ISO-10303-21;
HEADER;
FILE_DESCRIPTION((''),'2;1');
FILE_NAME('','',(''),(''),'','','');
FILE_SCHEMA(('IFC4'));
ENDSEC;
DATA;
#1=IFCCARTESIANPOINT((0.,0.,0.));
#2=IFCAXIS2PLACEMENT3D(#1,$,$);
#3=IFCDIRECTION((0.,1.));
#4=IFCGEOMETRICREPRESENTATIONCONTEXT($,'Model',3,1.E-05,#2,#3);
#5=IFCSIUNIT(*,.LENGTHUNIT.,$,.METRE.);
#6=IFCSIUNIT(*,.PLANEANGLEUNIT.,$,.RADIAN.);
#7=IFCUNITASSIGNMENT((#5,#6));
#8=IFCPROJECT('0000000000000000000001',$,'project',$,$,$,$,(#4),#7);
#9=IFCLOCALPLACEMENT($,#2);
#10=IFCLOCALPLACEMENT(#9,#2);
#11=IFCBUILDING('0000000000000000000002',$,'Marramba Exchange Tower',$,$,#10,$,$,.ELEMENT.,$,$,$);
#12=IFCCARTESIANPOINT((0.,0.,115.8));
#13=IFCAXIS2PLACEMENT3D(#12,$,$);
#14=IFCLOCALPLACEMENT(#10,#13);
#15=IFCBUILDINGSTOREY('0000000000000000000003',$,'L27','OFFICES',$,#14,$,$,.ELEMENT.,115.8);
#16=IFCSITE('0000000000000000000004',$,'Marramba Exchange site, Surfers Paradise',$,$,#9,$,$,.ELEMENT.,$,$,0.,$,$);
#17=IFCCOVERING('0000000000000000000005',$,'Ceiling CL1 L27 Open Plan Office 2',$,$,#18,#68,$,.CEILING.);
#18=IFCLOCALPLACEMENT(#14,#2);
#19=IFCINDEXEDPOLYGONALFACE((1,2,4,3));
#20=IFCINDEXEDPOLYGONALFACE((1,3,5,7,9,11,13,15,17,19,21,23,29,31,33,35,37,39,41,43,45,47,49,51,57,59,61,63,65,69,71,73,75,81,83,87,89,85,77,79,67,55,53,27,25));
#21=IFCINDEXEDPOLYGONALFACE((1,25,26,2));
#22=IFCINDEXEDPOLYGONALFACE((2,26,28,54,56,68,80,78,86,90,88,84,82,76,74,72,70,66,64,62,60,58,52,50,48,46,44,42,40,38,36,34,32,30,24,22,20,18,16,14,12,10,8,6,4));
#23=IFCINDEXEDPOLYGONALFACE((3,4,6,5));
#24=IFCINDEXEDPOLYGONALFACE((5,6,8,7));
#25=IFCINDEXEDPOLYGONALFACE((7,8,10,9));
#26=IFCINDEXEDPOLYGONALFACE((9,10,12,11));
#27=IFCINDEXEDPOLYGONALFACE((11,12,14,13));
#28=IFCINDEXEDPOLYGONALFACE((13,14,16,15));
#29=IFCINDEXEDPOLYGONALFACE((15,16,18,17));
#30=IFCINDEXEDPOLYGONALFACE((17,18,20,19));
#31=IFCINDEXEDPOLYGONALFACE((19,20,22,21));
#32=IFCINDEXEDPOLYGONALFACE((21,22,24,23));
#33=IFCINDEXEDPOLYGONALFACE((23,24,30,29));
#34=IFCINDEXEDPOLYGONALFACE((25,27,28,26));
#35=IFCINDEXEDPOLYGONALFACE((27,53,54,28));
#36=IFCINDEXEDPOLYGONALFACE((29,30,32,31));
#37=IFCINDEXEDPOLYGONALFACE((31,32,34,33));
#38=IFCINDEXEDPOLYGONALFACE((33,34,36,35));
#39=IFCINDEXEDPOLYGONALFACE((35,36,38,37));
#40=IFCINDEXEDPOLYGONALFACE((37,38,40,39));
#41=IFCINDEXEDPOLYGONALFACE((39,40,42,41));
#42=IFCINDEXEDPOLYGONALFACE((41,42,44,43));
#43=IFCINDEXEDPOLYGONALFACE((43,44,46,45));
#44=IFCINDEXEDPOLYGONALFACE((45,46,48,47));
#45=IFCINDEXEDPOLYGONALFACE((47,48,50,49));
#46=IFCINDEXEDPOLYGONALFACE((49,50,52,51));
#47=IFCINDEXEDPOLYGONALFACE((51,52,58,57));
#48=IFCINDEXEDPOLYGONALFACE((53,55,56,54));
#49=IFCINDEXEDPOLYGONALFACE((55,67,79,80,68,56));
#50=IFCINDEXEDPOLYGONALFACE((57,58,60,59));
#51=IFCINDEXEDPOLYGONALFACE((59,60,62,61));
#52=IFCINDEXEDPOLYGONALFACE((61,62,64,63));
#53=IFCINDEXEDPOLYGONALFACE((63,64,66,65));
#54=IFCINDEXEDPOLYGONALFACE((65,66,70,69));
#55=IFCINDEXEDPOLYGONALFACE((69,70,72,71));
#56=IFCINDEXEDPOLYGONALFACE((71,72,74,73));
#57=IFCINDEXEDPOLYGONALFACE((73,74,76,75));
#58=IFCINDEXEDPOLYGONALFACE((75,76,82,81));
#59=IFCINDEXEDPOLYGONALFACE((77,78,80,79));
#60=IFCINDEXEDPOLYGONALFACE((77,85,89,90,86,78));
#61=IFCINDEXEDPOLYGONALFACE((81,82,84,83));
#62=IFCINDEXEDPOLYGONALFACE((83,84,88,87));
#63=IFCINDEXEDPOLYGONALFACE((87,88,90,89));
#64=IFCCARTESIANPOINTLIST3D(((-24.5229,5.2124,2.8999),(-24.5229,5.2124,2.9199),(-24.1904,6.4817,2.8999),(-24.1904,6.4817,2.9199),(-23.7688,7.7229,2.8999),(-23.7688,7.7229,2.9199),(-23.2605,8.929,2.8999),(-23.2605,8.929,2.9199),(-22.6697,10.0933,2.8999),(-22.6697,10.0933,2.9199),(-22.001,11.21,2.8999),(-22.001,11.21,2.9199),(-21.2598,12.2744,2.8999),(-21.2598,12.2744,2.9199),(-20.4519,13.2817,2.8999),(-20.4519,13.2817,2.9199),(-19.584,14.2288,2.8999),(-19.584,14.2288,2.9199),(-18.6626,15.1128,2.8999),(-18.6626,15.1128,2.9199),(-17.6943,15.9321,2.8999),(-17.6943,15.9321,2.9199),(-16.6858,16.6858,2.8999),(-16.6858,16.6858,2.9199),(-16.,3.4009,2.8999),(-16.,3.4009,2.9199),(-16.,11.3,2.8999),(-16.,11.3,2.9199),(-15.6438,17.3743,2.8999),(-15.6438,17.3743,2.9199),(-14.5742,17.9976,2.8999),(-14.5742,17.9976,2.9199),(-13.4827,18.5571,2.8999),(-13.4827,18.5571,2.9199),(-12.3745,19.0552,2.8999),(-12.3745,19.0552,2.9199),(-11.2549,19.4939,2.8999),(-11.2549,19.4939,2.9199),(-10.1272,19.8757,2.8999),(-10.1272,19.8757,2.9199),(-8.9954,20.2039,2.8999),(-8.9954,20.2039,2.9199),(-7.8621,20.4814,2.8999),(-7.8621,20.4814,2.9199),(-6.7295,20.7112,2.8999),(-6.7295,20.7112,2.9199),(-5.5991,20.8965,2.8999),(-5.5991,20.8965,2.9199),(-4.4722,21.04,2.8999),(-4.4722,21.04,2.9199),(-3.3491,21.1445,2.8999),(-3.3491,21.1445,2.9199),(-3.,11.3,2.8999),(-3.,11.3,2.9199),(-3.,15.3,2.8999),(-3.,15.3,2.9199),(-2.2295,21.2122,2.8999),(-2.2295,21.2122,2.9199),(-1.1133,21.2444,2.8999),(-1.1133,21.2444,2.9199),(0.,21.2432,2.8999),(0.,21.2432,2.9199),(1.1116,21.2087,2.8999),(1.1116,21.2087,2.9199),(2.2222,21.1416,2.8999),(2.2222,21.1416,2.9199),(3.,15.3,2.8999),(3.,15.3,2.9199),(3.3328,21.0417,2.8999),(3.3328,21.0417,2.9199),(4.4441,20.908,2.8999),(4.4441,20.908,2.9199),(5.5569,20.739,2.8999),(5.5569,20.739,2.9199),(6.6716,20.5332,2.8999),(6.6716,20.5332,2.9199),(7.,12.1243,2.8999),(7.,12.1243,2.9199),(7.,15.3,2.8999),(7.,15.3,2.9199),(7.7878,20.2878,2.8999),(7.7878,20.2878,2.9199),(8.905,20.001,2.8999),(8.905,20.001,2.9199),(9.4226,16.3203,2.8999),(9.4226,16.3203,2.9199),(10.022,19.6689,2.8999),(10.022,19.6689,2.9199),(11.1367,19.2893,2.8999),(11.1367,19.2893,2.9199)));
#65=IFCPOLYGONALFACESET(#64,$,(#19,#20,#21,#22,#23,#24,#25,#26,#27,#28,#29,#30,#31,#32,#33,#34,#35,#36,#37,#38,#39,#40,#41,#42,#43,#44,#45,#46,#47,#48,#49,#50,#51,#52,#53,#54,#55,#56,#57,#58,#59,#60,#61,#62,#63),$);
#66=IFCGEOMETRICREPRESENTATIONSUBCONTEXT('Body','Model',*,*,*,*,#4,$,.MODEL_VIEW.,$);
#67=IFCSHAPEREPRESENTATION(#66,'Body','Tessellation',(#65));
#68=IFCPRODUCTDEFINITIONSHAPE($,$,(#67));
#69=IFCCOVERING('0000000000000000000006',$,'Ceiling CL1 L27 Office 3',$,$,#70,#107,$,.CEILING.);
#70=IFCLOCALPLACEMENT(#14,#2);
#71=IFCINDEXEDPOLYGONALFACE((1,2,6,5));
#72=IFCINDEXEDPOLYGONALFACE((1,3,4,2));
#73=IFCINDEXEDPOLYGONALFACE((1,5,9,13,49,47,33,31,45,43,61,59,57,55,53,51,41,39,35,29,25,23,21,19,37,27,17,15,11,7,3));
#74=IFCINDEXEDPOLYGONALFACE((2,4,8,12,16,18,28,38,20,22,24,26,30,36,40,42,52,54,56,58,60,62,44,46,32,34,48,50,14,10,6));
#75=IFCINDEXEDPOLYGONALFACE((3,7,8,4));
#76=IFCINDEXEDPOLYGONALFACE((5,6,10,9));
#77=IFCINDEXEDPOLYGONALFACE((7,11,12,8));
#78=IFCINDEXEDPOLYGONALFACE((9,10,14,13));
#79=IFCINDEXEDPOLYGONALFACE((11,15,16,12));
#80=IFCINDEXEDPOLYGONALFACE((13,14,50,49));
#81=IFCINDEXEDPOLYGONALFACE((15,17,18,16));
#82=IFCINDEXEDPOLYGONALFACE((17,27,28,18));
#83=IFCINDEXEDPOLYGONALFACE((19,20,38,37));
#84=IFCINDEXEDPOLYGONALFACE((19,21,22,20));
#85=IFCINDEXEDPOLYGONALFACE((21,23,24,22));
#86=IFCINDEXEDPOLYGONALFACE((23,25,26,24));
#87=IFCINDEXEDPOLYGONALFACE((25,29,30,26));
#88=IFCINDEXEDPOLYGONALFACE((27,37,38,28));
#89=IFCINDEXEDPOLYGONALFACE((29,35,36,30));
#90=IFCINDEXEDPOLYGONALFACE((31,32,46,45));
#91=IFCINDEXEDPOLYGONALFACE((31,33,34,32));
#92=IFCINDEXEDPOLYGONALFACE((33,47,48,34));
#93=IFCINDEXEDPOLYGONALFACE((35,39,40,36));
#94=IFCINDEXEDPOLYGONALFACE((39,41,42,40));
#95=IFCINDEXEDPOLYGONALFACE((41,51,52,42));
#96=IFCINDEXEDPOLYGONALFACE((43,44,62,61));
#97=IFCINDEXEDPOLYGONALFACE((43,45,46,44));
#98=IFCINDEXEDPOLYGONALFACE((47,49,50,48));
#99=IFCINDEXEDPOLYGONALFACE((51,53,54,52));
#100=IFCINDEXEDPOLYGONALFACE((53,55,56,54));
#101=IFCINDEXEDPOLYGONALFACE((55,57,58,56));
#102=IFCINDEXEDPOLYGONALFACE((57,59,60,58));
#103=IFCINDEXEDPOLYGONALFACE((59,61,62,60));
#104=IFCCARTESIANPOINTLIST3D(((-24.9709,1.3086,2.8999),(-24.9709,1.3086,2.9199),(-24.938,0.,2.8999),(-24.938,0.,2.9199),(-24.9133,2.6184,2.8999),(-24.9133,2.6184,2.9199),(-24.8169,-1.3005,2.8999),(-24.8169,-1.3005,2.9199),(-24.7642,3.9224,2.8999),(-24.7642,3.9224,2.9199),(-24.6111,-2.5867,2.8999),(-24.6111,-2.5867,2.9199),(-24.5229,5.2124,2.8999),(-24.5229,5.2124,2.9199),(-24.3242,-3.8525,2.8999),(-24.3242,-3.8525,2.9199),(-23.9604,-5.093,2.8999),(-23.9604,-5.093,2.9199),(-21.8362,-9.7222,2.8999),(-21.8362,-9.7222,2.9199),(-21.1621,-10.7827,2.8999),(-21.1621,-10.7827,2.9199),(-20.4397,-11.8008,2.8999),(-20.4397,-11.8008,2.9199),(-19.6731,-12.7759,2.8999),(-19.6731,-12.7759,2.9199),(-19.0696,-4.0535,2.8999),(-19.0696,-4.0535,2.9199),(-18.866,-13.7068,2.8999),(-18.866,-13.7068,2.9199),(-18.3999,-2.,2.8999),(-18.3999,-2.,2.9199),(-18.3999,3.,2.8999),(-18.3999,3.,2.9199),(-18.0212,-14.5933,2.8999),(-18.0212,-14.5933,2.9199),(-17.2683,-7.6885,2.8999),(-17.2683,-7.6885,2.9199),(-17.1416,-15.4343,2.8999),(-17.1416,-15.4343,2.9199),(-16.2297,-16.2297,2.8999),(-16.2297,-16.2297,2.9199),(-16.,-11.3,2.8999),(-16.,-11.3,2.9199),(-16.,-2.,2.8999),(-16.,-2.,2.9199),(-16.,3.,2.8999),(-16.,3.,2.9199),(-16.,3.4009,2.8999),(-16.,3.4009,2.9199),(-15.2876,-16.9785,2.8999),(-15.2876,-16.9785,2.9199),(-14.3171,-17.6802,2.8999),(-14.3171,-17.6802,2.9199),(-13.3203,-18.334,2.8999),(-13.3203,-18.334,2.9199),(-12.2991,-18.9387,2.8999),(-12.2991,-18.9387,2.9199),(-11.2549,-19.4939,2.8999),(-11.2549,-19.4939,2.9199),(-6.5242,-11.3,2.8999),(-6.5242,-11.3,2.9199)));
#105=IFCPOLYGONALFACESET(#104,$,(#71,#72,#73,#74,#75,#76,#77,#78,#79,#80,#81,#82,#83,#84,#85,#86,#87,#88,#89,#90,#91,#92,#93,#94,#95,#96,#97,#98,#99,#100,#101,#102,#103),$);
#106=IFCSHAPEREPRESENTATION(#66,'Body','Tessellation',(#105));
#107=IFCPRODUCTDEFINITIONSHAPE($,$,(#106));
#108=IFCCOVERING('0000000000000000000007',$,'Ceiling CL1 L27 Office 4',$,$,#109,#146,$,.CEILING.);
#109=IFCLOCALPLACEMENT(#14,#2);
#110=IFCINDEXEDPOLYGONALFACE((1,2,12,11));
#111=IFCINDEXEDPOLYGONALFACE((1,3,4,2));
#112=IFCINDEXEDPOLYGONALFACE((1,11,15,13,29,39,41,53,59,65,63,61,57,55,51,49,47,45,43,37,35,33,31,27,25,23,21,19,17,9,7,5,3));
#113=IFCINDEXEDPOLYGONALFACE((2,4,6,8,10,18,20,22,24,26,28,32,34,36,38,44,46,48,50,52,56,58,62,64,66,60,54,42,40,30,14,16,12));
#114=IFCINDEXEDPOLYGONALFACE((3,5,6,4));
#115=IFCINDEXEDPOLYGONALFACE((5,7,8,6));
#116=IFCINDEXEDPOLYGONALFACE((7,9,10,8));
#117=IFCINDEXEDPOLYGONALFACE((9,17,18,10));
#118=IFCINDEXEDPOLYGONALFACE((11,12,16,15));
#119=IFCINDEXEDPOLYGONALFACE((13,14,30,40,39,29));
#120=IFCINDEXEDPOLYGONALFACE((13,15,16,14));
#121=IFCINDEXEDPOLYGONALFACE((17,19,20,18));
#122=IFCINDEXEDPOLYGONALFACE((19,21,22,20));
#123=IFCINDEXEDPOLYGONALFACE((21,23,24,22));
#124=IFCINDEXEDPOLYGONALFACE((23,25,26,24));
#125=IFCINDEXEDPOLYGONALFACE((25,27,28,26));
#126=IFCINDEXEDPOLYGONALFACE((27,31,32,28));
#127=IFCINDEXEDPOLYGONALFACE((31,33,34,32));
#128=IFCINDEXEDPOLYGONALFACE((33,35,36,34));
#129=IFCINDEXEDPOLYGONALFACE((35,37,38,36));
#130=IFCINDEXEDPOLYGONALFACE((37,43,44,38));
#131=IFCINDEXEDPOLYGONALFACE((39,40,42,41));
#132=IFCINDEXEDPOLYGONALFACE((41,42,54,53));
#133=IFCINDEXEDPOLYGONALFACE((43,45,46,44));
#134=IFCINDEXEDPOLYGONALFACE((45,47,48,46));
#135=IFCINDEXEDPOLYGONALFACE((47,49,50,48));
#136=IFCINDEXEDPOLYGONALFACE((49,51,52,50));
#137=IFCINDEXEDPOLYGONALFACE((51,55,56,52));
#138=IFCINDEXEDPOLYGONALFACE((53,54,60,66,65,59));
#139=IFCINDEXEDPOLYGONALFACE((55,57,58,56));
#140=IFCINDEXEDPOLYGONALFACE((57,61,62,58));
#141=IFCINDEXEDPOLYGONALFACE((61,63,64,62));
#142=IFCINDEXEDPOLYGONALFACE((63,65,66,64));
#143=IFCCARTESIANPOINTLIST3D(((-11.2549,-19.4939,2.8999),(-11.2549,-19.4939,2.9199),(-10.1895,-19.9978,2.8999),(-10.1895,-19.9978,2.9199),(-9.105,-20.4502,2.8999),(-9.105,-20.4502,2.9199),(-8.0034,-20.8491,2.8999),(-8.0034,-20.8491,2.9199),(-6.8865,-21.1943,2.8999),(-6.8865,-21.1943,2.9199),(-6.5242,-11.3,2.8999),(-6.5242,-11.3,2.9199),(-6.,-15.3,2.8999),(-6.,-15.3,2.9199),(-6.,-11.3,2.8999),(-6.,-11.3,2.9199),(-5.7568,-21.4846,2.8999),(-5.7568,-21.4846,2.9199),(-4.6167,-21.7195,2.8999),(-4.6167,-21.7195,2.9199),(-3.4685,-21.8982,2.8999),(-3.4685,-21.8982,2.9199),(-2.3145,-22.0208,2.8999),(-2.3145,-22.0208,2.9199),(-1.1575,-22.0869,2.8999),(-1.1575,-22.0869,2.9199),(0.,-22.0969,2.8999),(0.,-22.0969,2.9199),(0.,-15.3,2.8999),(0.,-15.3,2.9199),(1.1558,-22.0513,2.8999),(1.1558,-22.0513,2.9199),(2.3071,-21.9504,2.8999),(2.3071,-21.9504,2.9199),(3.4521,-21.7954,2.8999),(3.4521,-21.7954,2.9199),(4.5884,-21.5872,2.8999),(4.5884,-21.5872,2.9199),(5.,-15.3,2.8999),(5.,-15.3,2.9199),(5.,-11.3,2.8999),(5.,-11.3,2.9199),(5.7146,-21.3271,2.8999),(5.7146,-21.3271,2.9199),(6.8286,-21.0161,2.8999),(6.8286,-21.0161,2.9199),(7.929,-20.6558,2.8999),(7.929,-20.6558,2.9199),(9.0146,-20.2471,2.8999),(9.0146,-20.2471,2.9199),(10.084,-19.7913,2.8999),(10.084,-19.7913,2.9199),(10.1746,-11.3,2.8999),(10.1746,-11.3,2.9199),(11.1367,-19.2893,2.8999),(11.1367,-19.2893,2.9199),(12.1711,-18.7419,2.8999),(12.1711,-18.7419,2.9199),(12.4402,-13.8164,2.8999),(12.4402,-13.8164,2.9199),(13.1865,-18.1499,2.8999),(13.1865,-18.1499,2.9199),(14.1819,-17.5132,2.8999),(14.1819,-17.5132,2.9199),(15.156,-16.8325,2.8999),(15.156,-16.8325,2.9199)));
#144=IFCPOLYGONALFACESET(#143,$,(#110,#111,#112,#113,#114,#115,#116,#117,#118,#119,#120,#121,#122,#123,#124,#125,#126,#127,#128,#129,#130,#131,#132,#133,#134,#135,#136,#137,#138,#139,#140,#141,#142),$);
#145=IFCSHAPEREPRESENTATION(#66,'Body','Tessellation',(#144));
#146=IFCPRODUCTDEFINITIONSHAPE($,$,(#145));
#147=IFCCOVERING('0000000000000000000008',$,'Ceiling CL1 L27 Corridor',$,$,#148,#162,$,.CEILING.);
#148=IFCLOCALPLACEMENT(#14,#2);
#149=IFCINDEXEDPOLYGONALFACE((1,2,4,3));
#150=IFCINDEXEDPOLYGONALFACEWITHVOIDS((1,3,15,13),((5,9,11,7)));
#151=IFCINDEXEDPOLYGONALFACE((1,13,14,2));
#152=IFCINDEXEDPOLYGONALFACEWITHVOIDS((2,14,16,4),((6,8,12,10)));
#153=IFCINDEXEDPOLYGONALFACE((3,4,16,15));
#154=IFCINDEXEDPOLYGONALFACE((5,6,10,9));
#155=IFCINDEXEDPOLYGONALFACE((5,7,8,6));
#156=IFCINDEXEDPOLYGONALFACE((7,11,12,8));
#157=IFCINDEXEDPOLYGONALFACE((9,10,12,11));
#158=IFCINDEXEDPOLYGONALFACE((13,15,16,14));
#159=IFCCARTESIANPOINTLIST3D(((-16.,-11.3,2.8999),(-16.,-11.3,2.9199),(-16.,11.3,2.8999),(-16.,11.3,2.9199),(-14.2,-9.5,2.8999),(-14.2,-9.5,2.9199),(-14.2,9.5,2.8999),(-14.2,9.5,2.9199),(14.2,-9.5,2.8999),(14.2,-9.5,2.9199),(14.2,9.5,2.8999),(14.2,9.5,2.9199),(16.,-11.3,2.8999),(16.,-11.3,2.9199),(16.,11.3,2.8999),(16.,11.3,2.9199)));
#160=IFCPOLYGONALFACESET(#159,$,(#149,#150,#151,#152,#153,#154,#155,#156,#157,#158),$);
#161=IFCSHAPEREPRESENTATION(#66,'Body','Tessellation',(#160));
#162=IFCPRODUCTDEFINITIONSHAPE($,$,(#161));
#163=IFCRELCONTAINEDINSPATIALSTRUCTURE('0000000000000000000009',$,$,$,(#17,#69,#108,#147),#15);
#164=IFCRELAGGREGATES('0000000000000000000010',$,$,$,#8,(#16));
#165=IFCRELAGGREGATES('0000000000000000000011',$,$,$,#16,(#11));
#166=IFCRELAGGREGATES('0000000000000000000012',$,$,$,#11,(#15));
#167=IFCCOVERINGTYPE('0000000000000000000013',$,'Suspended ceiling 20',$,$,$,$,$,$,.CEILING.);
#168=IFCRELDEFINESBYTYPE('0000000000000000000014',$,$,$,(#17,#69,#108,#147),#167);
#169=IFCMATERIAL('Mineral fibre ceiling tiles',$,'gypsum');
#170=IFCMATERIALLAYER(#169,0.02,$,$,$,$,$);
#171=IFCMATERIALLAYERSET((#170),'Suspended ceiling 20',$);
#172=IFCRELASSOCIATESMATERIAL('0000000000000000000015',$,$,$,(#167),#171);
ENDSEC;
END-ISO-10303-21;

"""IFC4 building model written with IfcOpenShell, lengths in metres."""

from ifc_helpers import new_model, si_unit, direction, frame, origin, place, context, subcontext, project, spatial, polyline, outline, extrude, material, layer, layer_set, type_object, element, save


model = new_model("IFC4")

# Units and contexts
model_context = context("Model", 3, precision=1e-05, world=origin(), true_north=direction((0.0, 1.0)))
body_context = subcontext(model_context, "Body", "Model", "MODEL_VIEW")
ifc_project = project(units=[si_unit("LENGTHUNIT", "METRE"), si_unit("PLANEANGLEUNIT", "RADIAN")], contexts=[model_context])

# Site, building, storey
site_placement = place(None, origin())
site = spatial("IfcSite", under=ifc_project, at=site_placement, Name="Marramba Exchange site, Surfers Paradise", CompositionType="ELEMENT", RefElevation=0.0)
building_placement = place(site_placement, origin())
building = spatial("IfcBuilding", under=site, at=building_placement, Name="Marramba Exchange Tower", CompositionType="ELEMENT")
storey_placement = place(building_placement, frame((0.0, 0.0, 115.8)))
storey = spatial("IfcBuildingStorey", under=building, at=storey_placement, Name="L27", Description="OFFICES", CompositionType="ELEMENT", Elevation=115.8)

# Coverings
ifc_material_1 = material(Name="Mineral fibre ceiling tiles", Category="gypsum")
ifc_layer_1 = layer(ifc_material_1, 0.02)
ifc_layer_set_1 = layer_set([ifc_layer_1], Name="Suspended ceiling 20")
covering_type = type_object("IfcCoveringType", Name="Suspended ceiling 20", PredefinedType="CEILING", material=ifc_layer_set_1)
covering_1_placement = place(storey_placement, frame((0.0, 0.0, 2.8999)))
element("IfcCovering", 1, at=covering_1_placement, inside=storey, type_object=covering_type, Name="Ceiling CL1 L27 Open Plan Office 2", PredefinedType="CEILING", context=body_context, shape_type="SweptSolid", body=[
    extrude(outline(polyline([(-16.0, 3.4009), (-24.5229, 5.2124), (-24.1904, 6.4817), (-23.7688, 7.7229), (-23.2605, 8.929), (-22.6697, 10.0933), (-22.001, 11.21), (-21.2598, 12.2744), (-20.4519, 13.2817), (-19.584, 14.2288), (-18.6626, 15.1128), (-17.6943, 15.9321), (-16.6858, 16.6858), (-15.6438, 17.3743), (-14.5742, 17.9976), (-13.4827, 18.5571), (-12.3745, 19.0552), (-11.2549, 19.4939), (-10.1272, 19.8757), (-8.9954, 20.2039), (-7.8621, 20.4814), (-6.7295, 20.7112), (-5.5991, 20.8965), (-4.4722, 21.04), (-3.3491, 21.1445), (-2.2295, 21.2122), (-1.1133, 21.2444), (0.0, 21.2432), (1.1116, 21.2087), (2.2222, 21.1416), (3.3328, 21.0417), (4.4441, 20.908), (5.5569, 20.739), (6.6716, 20.5332), (7.7878, 20.2878), (8.905, 20.001), (10.022, 19.6689), (11.1367, 19.2893), (9.4226, 16.3203), (7.0, 12.1243), (7.0, 15.3), (3.0, 15.3), (-3.0, 15.3), (-3.0, 11.3), (-16.0, 11.3), (-16.0, 3.4009)])), origin(), (0.0, 0.0, 1.0), 0.02),
])
covering_2_placement = place(storey_placement, frame((0.0, 0.0, 2.8999)))
element("IfcCovering", 2, at=covering_2_placement, inside=storey, type_object=covering_type, Name="Ceiling CL1 L27 Office 3", PredefinedType="CEILING", context=body_context, shape_type="SweptSolid", body=[
    extrude(outline(polyline([(-13.3203, -18.334), (-14.3171, -17.6802), (-15.2876, -16.9785), (-16.2297, -16.2297), (-17.1416, -15.4343), (-18.0212, -14.5933), (-18.866, -13.7068), (-19.6731, -12.7759), (-20.4397, -11.8008), (-21.1621, -10.7827), (-21.8362, -9.7222), (-17.2683, -7.6885), (-19.0696, -4.0535), (-23.9604, -5.093), (-24.3242, -3.8525), (-24.6111, -2.5867), (-24.8169, -1.3005), (-24.938, 0.0), (-24.9709, 1.3086), (-24.9133, 2.6184), (-24.7642, 3.9224), (-24.5229, 5.2124), (-16.0, 3.4009), (-16.0, 3.0), (-18.3999, 3.0), (-18.3999, -2.0), (-16.0, -2.0), (-16.0, -11.3), (-6.5242, -11.3), (-11.2549, -19.4939), (-12.2991, -18.9387), (-13.3203, -18.334)])), origin(), (0.0, 0.0, 1.0), 0.02),
])
covering_3_placement = place(storey_placement, frame((0.0, 0.0, 2.8999)))
element("IfcCovering", 3, at=covering_3_placement, inside=storey, type_object=covering_type, Name="Ceiling CL1 L27 Office 4", PredefinedType="CEILING", context=body_context, shape_type="SweptSolid", body=[
    extrude(outline(polyline([(12.4402, -13.8164), (15.156, -16.8325), (14.1819, -17.5132), (13.1865, -18.1499), (12.1711, -18.7419), (11.1367, -19.2893), (10.084, -19.7913), (9.0146, -20.2471), (7.929, -20.6558), (6.8286, -21.0161), (5.7146, -21.3271), (4.5884, -21.5872), (3.4521, -21.7954), (2.3071, -21.9504), (1.1558, -22.0513), (0.0, -22.0969), (-1.1575, -22.0869), (-2.3145, -22.0208), (-3.4685, -21.8982), (-4.6167, -21.7195), (-5.7568, -21.4846), (-6.8865, -21.1943), (-8.0034, -20.8491), (-9.105, -20.4502), (-10.1895, -19.9978), (-11.2549, -19.4939), (-6.5242, -11.3), (-6.0, -11.3), (-6.0, -15.3), (0.0, -15.3), (5.0, -15.3), (5.0, -11.3), (10.1746, -11.3), (12.4402, -13.8164)])), origin(), (0.0, 0.0, 1.0), 0.02),
])
covering_4_placement = place(storey_placement, frame((0.0, 0.0, 2.8999)))
element("IfcCovering", 4, at=covering_4_placement, inside=storey, type_object=covering_type, Name="Ceiling CL1 L27 Corridor", PredefinedType="CEILING", context=body_context, shape_type="SweptSolid", body=[
    extrude(outline(polyline([(-16.0, 11.3), (16.0, 11.3), (16.0, -11.3), (-16.0, -11.3), (-16.0, 11.3)]), holes=[polyline([(-14.2, 9.5), (-14.2, -9.5), (14.2, -9.5), (14.2, 9.5), (-14.2, 9.5)])]), origin(), (0.0, 0.0, 1.0), 0.02),
])

save(model, "model.ifc")
